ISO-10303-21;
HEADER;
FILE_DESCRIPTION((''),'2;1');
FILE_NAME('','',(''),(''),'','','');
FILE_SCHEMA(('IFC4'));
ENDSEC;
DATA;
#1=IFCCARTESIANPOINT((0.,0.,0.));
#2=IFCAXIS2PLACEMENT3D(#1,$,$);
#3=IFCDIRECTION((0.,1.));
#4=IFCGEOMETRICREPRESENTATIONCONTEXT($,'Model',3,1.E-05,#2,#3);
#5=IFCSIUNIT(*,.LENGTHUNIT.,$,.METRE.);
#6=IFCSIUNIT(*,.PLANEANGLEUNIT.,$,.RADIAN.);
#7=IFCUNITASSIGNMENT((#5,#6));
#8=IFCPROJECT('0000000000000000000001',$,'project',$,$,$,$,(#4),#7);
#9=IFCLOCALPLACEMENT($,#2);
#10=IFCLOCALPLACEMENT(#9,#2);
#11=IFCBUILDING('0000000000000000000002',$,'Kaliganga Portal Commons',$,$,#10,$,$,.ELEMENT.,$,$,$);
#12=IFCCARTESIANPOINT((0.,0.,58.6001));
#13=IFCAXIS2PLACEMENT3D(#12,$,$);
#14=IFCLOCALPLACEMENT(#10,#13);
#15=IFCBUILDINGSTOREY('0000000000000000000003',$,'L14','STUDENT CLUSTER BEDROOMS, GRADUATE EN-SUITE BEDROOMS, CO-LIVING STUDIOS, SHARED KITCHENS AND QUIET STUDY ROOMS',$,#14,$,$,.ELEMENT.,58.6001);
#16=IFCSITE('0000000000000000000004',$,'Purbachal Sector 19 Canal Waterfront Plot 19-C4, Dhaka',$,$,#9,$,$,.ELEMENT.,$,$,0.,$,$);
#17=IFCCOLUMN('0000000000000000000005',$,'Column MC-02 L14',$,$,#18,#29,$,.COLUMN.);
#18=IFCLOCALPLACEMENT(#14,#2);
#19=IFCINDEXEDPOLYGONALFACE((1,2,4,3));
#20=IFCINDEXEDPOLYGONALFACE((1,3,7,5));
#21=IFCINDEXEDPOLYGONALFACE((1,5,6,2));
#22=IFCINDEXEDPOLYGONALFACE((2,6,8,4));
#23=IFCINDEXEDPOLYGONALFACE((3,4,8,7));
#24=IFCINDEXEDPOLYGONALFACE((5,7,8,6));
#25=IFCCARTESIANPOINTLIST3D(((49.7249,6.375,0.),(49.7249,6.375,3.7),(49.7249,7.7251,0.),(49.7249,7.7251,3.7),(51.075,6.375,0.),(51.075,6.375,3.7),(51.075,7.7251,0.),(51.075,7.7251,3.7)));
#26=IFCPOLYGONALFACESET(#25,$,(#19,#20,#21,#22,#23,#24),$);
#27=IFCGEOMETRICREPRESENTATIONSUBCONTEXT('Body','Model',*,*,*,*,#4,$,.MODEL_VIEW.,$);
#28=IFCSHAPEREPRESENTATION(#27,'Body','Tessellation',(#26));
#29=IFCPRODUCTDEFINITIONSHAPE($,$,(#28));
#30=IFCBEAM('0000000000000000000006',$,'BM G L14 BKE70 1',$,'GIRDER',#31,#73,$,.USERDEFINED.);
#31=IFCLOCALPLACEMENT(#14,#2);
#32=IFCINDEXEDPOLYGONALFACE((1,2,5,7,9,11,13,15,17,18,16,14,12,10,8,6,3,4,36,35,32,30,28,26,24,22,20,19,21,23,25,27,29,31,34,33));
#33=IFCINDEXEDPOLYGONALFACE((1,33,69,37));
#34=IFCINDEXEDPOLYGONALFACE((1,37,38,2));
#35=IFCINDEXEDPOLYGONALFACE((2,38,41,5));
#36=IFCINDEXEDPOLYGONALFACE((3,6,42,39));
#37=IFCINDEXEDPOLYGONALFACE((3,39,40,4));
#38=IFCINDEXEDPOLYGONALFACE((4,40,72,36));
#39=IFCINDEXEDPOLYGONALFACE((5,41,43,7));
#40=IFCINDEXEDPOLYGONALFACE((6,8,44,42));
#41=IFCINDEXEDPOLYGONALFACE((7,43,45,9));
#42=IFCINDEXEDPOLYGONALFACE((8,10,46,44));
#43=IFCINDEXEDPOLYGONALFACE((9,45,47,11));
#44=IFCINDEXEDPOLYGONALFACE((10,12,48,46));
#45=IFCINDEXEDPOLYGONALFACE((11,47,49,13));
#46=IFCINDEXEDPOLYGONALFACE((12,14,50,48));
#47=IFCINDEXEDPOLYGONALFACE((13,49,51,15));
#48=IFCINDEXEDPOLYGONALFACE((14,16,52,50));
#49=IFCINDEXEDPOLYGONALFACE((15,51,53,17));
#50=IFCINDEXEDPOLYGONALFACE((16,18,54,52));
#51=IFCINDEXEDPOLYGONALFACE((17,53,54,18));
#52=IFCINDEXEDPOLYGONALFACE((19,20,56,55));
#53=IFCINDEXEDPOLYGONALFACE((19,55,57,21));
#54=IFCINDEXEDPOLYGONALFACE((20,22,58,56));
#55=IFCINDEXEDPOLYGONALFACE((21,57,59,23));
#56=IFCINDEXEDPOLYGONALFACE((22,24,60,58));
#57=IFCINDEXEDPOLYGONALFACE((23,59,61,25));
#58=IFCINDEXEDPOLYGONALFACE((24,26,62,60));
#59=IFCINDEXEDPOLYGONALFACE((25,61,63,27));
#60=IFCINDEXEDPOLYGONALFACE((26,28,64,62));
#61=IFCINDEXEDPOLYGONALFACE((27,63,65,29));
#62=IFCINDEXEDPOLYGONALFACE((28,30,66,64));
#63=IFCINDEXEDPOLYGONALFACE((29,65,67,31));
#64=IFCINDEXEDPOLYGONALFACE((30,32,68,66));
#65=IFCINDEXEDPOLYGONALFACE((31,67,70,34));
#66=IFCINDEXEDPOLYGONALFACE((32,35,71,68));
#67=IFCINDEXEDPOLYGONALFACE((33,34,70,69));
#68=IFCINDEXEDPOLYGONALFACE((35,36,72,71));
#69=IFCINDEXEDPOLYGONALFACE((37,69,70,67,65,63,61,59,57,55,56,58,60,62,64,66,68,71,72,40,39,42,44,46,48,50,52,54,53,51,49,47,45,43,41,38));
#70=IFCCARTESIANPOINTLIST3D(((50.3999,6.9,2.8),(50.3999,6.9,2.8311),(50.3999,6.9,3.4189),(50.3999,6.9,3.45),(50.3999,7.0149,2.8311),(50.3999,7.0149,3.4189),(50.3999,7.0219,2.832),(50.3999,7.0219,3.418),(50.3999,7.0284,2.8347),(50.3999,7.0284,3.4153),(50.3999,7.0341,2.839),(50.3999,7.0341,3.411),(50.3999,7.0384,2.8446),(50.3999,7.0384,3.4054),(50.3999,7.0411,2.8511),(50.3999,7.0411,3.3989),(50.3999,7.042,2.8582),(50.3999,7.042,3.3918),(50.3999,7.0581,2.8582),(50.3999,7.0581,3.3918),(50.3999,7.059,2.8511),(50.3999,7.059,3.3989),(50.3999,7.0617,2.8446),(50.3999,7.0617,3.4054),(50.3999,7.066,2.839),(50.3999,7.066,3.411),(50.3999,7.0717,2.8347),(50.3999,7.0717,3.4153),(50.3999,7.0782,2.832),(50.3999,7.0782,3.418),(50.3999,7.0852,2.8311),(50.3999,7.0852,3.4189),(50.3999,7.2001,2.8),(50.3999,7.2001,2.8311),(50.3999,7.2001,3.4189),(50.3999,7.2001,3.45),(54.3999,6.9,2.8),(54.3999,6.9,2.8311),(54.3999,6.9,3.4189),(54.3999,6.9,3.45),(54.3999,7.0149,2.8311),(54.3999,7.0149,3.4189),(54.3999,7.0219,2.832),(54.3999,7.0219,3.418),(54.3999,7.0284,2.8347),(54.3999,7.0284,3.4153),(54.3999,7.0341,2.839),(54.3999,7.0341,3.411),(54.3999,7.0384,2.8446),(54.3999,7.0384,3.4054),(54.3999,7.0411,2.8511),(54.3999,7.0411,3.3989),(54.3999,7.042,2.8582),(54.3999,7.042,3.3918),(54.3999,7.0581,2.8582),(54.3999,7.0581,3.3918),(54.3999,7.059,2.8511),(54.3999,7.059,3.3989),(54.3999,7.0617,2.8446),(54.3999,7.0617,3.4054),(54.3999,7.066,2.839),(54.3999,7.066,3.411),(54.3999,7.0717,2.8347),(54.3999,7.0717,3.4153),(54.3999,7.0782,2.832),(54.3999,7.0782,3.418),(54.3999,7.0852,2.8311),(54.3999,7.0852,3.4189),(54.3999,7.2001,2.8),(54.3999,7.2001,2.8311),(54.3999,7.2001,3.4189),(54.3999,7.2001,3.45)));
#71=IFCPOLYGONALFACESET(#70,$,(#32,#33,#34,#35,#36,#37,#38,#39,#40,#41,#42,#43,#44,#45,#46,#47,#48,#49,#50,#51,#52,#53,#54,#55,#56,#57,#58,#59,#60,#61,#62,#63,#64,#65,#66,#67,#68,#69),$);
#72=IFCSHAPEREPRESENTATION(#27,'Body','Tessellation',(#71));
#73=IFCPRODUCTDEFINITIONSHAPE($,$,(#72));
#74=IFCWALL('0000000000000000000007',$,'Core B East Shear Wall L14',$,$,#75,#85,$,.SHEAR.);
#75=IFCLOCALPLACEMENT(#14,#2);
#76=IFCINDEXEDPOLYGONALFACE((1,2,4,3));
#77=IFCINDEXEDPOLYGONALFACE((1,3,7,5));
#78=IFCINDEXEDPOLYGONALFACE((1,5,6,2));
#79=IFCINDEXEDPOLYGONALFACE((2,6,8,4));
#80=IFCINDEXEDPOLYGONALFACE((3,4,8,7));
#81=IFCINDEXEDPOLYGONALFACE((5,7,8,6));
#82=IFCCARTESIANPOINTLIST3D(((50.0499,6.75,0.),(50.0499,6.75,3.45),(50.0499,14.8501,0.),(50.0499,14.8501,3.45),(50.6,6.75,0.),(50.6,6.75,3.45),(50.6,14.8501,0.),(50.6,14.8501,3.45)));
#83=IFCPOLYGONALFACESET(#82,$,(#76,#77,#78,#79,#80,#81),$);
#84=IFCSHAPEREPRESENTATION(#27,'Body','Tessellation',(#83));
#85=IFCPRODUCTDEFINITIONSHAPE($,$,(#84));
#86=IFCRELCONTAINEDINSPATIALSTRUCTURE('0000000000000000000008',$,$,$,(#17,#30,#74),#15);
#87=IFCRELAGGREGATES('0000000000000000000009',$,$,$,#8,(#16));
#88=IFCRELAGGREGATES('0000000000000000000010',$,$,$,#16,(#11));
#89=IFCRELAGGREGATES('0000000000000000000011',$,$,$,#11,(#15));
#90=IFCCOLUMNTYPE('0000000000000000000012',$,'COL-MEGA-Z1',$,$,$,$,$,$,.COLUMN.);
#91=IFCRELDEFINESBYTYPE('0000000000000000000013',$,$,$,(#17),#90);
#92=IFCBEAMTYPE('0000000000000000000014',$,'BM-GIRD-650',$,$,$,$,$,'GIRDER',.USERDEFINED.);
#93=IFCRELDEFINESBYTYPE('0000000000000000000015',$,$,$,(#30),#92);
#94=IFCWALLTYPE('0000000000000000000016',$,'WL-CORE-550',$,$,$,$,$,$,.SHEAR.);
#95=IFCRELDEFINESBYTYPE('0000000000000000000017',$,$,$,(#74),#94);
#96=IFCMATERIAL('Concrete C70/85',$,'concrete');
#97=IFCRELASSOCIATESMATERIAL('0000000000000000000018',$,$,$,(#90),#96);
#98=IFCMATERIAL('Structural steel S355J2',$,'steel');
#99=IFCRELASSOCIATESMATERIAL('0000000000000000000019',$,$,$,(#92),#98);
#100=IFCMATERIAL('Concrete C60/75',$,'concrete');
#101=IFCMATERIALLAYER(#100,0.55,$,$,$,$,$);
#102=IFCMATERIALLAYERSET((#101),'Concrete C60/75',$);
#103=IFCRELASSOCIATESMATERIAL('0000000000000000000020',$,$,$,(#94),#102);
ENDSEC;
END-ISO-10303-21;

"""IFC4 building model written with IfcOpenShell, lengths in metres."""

from ifc_helpers import new_model, si_unit, direction, frame, frame_2d, origin, origin_2d, place, context, subcontext, project, spatial, rectangle, i_section, extrude, source, transform, mapped, material, layer, layer_set, material_profile, profile_set, type_object, element, save


model = new_model("IFC4")

# Units and contexts
model_context = context("Model", 3, precision=1e-05, world=origin(), true_north=direction((0.0, 1.0)))
body_context = subcontext(model_context, "Body", "Model", "MODEL_VIEW")
ifc_project = project(units=[si_unit("LENGTHUNIT", "METRE"), si_unit("PLANEANGLEUNIT", "RADIAN")], contexts=[model_context])

# Site, building, storey
site_placement = place(None, origin())
site = spatial("IfcSite", under=ifc_project, at=site_placement, Name="Purbachal Sector 19 Canal Waterfront Plot 19-C4, Dhaka", CompositionType="ELEMENT", RefElevation=0.0)
building_placement = place(site_placement, origin())
building = spatial("IfcBuilding", under=site, at=building_placement, Name="Kaliganga Portal Commons", CompositionType="ELEMENT")
storey_placement = place(building_placement, frame((0.0, 0.0, 58.6001)))
storey = spatial("IfcBuildingStorey", under=building, at=storey_placement, Name="L14", Description="STUDENT CLUSTER BEDROOMS, GRADUATE EN-SUITE BEDROOMS, CO-LIVING STUDIOS, SHARED KITCHENS AND QUIET STUDY ROOMS", CompositionType="ELEMENT", Elevation=58.6001)

# Column
ifc_material_1 = material(Name="Concrete C70/85", Category="concrete")
ifc_material_profile_1 = material_profile(ifc_material_1, rectangle(XDim=1.3501, YDim=1.3501, at=origin_2d()), Name="RC 1350x1350")
ifc_profile_set_1 = profile_set([ifc_material_profile_1], Name="Concrete C70/85")
column_type = type_object("IfcColumnType", Name="COL-MEGA-Z1", PredefinedType="COLUMN", material=ifc_profile_set_1)
shared_shape_1 = source(origin(), body_context, "Body", "SweptSolid", [
    extrude(rectangle(XDim=1.3501, YDim=1.3501, at=origin_2d()), origin(), (0.0, 0.0, 1.0), 3.7),
])
column_placement = place(storey_placement, frame((50.3999, 7.05, 0.0), z_axis=(0.0, 0.0, 1.0), x_axis=(1.0, 0.0, 0.0)))
element("IfcColumn", 1, at=column_placement, inside=storey, type_object=column_type, Name="Column MC-02 L14", PredefinedType="COLUMN", context=body_context, shape_type="MappedRepresentation", body=[
    mapped(shared_shape_1, transform((0.0, 0.0, 0.0), x_axis=(1.0, 0.0, 0.0), y_axis=(0.0, 1.0, 0.0), z_axis=(0.0, 0.0, 1.0), scale=1.0)),
])

# Beam
ifc_material_2 = material(Name="Structural steel S355J2", Category="steel")
ifc_material_profile_2 = material_profile(ifc_material_2, i_section(OverallWidth=0.3, OverallDepth=0.6499, WebThickness=0.0161, FlangeThickness=0.031, FilletRadius=0.0271, at=origin_2d()), Name="HE 650 B")
ifc_profile_set_2 = profile_set([ifc_material_profile_2], Name="Structural steel S355J2 wide-flange")
beam_type = type_object("IfcBeamType", Name="BM-GIRD-650", ElementType="GIRDER", PredefinedType="USERDEFINED", material=ifc_profile_set_2)
shared_shape_2 = source(origin(), body_context, "Body", "SweptSolid", [
    extrude(i_section(OverallWidth=0.3, OverallDepth=0.6499, WebThickness=0.0161, FlangeThickness=0.031, FilletRadius=0.0271, at=origin_2d()), origin(), (0.0, 0.0, 1.0), 4.0),
])
beam_placement = place(storey_placement, frame((50.3999, 7.05, 3.125), z_axis=(1.0, 0.0, 0.0), x_axis=(0.0, 1.0, 0.0)))
element("IfcBeam", 2, at=beam_placement, inside=storey, type_object=beam_type, Name="BM G L14 BKE70 1", ObjectType="GIRDER", PredefinedType="USERDEFINED", context=body_context, shape_type="MappedRepresentation", body=[
    mapped(shared_shape_2, transform((0.0, 0.0, 0.0), x_axis=(1.0, 0.0, 0.0), y_axis=(0.0, 1.0, 0.0), z_axis=(0.0, 0.0, 1.0), scale=1.0)),
])

# Wall
ifc_material_3 = material(Name="Concrete C60/75", Category="concrete")
ifc_layer_1 = layer(ifc_material_3, 0.55)
ifc_layer_set_1 = layer_set([ifc_layer_1], Name="Concrete C60/75")
wall_type_1 = type_object("IfcWallType", Name="WL-CORE-550", PredefinedType="SHEAR", material=ifc_layer_set_1)
wall_1_placement = place(storey_placement, frame((50.325, 6.75, 0.0), z_axis=(0.0, 0.0, 1.0), x_axis=(0.0, 1.0, 0.0)))
element("IfcWall", 3, at=wall_1_placement, inside=storey, type_object=wall_type_1, Name="Core B East Shear Wall L14", PredefinedType="SHEAR", context=body_context, shape_type="SweptSolid", body=[
    extrude(rectangle(XDim=8.1001, YDim=0.55, at=frame_2d((4.05, 0.0))), origin(), (0.0, 0.0, 1.0), 3.45),
])

save(model, "model.ifc")
